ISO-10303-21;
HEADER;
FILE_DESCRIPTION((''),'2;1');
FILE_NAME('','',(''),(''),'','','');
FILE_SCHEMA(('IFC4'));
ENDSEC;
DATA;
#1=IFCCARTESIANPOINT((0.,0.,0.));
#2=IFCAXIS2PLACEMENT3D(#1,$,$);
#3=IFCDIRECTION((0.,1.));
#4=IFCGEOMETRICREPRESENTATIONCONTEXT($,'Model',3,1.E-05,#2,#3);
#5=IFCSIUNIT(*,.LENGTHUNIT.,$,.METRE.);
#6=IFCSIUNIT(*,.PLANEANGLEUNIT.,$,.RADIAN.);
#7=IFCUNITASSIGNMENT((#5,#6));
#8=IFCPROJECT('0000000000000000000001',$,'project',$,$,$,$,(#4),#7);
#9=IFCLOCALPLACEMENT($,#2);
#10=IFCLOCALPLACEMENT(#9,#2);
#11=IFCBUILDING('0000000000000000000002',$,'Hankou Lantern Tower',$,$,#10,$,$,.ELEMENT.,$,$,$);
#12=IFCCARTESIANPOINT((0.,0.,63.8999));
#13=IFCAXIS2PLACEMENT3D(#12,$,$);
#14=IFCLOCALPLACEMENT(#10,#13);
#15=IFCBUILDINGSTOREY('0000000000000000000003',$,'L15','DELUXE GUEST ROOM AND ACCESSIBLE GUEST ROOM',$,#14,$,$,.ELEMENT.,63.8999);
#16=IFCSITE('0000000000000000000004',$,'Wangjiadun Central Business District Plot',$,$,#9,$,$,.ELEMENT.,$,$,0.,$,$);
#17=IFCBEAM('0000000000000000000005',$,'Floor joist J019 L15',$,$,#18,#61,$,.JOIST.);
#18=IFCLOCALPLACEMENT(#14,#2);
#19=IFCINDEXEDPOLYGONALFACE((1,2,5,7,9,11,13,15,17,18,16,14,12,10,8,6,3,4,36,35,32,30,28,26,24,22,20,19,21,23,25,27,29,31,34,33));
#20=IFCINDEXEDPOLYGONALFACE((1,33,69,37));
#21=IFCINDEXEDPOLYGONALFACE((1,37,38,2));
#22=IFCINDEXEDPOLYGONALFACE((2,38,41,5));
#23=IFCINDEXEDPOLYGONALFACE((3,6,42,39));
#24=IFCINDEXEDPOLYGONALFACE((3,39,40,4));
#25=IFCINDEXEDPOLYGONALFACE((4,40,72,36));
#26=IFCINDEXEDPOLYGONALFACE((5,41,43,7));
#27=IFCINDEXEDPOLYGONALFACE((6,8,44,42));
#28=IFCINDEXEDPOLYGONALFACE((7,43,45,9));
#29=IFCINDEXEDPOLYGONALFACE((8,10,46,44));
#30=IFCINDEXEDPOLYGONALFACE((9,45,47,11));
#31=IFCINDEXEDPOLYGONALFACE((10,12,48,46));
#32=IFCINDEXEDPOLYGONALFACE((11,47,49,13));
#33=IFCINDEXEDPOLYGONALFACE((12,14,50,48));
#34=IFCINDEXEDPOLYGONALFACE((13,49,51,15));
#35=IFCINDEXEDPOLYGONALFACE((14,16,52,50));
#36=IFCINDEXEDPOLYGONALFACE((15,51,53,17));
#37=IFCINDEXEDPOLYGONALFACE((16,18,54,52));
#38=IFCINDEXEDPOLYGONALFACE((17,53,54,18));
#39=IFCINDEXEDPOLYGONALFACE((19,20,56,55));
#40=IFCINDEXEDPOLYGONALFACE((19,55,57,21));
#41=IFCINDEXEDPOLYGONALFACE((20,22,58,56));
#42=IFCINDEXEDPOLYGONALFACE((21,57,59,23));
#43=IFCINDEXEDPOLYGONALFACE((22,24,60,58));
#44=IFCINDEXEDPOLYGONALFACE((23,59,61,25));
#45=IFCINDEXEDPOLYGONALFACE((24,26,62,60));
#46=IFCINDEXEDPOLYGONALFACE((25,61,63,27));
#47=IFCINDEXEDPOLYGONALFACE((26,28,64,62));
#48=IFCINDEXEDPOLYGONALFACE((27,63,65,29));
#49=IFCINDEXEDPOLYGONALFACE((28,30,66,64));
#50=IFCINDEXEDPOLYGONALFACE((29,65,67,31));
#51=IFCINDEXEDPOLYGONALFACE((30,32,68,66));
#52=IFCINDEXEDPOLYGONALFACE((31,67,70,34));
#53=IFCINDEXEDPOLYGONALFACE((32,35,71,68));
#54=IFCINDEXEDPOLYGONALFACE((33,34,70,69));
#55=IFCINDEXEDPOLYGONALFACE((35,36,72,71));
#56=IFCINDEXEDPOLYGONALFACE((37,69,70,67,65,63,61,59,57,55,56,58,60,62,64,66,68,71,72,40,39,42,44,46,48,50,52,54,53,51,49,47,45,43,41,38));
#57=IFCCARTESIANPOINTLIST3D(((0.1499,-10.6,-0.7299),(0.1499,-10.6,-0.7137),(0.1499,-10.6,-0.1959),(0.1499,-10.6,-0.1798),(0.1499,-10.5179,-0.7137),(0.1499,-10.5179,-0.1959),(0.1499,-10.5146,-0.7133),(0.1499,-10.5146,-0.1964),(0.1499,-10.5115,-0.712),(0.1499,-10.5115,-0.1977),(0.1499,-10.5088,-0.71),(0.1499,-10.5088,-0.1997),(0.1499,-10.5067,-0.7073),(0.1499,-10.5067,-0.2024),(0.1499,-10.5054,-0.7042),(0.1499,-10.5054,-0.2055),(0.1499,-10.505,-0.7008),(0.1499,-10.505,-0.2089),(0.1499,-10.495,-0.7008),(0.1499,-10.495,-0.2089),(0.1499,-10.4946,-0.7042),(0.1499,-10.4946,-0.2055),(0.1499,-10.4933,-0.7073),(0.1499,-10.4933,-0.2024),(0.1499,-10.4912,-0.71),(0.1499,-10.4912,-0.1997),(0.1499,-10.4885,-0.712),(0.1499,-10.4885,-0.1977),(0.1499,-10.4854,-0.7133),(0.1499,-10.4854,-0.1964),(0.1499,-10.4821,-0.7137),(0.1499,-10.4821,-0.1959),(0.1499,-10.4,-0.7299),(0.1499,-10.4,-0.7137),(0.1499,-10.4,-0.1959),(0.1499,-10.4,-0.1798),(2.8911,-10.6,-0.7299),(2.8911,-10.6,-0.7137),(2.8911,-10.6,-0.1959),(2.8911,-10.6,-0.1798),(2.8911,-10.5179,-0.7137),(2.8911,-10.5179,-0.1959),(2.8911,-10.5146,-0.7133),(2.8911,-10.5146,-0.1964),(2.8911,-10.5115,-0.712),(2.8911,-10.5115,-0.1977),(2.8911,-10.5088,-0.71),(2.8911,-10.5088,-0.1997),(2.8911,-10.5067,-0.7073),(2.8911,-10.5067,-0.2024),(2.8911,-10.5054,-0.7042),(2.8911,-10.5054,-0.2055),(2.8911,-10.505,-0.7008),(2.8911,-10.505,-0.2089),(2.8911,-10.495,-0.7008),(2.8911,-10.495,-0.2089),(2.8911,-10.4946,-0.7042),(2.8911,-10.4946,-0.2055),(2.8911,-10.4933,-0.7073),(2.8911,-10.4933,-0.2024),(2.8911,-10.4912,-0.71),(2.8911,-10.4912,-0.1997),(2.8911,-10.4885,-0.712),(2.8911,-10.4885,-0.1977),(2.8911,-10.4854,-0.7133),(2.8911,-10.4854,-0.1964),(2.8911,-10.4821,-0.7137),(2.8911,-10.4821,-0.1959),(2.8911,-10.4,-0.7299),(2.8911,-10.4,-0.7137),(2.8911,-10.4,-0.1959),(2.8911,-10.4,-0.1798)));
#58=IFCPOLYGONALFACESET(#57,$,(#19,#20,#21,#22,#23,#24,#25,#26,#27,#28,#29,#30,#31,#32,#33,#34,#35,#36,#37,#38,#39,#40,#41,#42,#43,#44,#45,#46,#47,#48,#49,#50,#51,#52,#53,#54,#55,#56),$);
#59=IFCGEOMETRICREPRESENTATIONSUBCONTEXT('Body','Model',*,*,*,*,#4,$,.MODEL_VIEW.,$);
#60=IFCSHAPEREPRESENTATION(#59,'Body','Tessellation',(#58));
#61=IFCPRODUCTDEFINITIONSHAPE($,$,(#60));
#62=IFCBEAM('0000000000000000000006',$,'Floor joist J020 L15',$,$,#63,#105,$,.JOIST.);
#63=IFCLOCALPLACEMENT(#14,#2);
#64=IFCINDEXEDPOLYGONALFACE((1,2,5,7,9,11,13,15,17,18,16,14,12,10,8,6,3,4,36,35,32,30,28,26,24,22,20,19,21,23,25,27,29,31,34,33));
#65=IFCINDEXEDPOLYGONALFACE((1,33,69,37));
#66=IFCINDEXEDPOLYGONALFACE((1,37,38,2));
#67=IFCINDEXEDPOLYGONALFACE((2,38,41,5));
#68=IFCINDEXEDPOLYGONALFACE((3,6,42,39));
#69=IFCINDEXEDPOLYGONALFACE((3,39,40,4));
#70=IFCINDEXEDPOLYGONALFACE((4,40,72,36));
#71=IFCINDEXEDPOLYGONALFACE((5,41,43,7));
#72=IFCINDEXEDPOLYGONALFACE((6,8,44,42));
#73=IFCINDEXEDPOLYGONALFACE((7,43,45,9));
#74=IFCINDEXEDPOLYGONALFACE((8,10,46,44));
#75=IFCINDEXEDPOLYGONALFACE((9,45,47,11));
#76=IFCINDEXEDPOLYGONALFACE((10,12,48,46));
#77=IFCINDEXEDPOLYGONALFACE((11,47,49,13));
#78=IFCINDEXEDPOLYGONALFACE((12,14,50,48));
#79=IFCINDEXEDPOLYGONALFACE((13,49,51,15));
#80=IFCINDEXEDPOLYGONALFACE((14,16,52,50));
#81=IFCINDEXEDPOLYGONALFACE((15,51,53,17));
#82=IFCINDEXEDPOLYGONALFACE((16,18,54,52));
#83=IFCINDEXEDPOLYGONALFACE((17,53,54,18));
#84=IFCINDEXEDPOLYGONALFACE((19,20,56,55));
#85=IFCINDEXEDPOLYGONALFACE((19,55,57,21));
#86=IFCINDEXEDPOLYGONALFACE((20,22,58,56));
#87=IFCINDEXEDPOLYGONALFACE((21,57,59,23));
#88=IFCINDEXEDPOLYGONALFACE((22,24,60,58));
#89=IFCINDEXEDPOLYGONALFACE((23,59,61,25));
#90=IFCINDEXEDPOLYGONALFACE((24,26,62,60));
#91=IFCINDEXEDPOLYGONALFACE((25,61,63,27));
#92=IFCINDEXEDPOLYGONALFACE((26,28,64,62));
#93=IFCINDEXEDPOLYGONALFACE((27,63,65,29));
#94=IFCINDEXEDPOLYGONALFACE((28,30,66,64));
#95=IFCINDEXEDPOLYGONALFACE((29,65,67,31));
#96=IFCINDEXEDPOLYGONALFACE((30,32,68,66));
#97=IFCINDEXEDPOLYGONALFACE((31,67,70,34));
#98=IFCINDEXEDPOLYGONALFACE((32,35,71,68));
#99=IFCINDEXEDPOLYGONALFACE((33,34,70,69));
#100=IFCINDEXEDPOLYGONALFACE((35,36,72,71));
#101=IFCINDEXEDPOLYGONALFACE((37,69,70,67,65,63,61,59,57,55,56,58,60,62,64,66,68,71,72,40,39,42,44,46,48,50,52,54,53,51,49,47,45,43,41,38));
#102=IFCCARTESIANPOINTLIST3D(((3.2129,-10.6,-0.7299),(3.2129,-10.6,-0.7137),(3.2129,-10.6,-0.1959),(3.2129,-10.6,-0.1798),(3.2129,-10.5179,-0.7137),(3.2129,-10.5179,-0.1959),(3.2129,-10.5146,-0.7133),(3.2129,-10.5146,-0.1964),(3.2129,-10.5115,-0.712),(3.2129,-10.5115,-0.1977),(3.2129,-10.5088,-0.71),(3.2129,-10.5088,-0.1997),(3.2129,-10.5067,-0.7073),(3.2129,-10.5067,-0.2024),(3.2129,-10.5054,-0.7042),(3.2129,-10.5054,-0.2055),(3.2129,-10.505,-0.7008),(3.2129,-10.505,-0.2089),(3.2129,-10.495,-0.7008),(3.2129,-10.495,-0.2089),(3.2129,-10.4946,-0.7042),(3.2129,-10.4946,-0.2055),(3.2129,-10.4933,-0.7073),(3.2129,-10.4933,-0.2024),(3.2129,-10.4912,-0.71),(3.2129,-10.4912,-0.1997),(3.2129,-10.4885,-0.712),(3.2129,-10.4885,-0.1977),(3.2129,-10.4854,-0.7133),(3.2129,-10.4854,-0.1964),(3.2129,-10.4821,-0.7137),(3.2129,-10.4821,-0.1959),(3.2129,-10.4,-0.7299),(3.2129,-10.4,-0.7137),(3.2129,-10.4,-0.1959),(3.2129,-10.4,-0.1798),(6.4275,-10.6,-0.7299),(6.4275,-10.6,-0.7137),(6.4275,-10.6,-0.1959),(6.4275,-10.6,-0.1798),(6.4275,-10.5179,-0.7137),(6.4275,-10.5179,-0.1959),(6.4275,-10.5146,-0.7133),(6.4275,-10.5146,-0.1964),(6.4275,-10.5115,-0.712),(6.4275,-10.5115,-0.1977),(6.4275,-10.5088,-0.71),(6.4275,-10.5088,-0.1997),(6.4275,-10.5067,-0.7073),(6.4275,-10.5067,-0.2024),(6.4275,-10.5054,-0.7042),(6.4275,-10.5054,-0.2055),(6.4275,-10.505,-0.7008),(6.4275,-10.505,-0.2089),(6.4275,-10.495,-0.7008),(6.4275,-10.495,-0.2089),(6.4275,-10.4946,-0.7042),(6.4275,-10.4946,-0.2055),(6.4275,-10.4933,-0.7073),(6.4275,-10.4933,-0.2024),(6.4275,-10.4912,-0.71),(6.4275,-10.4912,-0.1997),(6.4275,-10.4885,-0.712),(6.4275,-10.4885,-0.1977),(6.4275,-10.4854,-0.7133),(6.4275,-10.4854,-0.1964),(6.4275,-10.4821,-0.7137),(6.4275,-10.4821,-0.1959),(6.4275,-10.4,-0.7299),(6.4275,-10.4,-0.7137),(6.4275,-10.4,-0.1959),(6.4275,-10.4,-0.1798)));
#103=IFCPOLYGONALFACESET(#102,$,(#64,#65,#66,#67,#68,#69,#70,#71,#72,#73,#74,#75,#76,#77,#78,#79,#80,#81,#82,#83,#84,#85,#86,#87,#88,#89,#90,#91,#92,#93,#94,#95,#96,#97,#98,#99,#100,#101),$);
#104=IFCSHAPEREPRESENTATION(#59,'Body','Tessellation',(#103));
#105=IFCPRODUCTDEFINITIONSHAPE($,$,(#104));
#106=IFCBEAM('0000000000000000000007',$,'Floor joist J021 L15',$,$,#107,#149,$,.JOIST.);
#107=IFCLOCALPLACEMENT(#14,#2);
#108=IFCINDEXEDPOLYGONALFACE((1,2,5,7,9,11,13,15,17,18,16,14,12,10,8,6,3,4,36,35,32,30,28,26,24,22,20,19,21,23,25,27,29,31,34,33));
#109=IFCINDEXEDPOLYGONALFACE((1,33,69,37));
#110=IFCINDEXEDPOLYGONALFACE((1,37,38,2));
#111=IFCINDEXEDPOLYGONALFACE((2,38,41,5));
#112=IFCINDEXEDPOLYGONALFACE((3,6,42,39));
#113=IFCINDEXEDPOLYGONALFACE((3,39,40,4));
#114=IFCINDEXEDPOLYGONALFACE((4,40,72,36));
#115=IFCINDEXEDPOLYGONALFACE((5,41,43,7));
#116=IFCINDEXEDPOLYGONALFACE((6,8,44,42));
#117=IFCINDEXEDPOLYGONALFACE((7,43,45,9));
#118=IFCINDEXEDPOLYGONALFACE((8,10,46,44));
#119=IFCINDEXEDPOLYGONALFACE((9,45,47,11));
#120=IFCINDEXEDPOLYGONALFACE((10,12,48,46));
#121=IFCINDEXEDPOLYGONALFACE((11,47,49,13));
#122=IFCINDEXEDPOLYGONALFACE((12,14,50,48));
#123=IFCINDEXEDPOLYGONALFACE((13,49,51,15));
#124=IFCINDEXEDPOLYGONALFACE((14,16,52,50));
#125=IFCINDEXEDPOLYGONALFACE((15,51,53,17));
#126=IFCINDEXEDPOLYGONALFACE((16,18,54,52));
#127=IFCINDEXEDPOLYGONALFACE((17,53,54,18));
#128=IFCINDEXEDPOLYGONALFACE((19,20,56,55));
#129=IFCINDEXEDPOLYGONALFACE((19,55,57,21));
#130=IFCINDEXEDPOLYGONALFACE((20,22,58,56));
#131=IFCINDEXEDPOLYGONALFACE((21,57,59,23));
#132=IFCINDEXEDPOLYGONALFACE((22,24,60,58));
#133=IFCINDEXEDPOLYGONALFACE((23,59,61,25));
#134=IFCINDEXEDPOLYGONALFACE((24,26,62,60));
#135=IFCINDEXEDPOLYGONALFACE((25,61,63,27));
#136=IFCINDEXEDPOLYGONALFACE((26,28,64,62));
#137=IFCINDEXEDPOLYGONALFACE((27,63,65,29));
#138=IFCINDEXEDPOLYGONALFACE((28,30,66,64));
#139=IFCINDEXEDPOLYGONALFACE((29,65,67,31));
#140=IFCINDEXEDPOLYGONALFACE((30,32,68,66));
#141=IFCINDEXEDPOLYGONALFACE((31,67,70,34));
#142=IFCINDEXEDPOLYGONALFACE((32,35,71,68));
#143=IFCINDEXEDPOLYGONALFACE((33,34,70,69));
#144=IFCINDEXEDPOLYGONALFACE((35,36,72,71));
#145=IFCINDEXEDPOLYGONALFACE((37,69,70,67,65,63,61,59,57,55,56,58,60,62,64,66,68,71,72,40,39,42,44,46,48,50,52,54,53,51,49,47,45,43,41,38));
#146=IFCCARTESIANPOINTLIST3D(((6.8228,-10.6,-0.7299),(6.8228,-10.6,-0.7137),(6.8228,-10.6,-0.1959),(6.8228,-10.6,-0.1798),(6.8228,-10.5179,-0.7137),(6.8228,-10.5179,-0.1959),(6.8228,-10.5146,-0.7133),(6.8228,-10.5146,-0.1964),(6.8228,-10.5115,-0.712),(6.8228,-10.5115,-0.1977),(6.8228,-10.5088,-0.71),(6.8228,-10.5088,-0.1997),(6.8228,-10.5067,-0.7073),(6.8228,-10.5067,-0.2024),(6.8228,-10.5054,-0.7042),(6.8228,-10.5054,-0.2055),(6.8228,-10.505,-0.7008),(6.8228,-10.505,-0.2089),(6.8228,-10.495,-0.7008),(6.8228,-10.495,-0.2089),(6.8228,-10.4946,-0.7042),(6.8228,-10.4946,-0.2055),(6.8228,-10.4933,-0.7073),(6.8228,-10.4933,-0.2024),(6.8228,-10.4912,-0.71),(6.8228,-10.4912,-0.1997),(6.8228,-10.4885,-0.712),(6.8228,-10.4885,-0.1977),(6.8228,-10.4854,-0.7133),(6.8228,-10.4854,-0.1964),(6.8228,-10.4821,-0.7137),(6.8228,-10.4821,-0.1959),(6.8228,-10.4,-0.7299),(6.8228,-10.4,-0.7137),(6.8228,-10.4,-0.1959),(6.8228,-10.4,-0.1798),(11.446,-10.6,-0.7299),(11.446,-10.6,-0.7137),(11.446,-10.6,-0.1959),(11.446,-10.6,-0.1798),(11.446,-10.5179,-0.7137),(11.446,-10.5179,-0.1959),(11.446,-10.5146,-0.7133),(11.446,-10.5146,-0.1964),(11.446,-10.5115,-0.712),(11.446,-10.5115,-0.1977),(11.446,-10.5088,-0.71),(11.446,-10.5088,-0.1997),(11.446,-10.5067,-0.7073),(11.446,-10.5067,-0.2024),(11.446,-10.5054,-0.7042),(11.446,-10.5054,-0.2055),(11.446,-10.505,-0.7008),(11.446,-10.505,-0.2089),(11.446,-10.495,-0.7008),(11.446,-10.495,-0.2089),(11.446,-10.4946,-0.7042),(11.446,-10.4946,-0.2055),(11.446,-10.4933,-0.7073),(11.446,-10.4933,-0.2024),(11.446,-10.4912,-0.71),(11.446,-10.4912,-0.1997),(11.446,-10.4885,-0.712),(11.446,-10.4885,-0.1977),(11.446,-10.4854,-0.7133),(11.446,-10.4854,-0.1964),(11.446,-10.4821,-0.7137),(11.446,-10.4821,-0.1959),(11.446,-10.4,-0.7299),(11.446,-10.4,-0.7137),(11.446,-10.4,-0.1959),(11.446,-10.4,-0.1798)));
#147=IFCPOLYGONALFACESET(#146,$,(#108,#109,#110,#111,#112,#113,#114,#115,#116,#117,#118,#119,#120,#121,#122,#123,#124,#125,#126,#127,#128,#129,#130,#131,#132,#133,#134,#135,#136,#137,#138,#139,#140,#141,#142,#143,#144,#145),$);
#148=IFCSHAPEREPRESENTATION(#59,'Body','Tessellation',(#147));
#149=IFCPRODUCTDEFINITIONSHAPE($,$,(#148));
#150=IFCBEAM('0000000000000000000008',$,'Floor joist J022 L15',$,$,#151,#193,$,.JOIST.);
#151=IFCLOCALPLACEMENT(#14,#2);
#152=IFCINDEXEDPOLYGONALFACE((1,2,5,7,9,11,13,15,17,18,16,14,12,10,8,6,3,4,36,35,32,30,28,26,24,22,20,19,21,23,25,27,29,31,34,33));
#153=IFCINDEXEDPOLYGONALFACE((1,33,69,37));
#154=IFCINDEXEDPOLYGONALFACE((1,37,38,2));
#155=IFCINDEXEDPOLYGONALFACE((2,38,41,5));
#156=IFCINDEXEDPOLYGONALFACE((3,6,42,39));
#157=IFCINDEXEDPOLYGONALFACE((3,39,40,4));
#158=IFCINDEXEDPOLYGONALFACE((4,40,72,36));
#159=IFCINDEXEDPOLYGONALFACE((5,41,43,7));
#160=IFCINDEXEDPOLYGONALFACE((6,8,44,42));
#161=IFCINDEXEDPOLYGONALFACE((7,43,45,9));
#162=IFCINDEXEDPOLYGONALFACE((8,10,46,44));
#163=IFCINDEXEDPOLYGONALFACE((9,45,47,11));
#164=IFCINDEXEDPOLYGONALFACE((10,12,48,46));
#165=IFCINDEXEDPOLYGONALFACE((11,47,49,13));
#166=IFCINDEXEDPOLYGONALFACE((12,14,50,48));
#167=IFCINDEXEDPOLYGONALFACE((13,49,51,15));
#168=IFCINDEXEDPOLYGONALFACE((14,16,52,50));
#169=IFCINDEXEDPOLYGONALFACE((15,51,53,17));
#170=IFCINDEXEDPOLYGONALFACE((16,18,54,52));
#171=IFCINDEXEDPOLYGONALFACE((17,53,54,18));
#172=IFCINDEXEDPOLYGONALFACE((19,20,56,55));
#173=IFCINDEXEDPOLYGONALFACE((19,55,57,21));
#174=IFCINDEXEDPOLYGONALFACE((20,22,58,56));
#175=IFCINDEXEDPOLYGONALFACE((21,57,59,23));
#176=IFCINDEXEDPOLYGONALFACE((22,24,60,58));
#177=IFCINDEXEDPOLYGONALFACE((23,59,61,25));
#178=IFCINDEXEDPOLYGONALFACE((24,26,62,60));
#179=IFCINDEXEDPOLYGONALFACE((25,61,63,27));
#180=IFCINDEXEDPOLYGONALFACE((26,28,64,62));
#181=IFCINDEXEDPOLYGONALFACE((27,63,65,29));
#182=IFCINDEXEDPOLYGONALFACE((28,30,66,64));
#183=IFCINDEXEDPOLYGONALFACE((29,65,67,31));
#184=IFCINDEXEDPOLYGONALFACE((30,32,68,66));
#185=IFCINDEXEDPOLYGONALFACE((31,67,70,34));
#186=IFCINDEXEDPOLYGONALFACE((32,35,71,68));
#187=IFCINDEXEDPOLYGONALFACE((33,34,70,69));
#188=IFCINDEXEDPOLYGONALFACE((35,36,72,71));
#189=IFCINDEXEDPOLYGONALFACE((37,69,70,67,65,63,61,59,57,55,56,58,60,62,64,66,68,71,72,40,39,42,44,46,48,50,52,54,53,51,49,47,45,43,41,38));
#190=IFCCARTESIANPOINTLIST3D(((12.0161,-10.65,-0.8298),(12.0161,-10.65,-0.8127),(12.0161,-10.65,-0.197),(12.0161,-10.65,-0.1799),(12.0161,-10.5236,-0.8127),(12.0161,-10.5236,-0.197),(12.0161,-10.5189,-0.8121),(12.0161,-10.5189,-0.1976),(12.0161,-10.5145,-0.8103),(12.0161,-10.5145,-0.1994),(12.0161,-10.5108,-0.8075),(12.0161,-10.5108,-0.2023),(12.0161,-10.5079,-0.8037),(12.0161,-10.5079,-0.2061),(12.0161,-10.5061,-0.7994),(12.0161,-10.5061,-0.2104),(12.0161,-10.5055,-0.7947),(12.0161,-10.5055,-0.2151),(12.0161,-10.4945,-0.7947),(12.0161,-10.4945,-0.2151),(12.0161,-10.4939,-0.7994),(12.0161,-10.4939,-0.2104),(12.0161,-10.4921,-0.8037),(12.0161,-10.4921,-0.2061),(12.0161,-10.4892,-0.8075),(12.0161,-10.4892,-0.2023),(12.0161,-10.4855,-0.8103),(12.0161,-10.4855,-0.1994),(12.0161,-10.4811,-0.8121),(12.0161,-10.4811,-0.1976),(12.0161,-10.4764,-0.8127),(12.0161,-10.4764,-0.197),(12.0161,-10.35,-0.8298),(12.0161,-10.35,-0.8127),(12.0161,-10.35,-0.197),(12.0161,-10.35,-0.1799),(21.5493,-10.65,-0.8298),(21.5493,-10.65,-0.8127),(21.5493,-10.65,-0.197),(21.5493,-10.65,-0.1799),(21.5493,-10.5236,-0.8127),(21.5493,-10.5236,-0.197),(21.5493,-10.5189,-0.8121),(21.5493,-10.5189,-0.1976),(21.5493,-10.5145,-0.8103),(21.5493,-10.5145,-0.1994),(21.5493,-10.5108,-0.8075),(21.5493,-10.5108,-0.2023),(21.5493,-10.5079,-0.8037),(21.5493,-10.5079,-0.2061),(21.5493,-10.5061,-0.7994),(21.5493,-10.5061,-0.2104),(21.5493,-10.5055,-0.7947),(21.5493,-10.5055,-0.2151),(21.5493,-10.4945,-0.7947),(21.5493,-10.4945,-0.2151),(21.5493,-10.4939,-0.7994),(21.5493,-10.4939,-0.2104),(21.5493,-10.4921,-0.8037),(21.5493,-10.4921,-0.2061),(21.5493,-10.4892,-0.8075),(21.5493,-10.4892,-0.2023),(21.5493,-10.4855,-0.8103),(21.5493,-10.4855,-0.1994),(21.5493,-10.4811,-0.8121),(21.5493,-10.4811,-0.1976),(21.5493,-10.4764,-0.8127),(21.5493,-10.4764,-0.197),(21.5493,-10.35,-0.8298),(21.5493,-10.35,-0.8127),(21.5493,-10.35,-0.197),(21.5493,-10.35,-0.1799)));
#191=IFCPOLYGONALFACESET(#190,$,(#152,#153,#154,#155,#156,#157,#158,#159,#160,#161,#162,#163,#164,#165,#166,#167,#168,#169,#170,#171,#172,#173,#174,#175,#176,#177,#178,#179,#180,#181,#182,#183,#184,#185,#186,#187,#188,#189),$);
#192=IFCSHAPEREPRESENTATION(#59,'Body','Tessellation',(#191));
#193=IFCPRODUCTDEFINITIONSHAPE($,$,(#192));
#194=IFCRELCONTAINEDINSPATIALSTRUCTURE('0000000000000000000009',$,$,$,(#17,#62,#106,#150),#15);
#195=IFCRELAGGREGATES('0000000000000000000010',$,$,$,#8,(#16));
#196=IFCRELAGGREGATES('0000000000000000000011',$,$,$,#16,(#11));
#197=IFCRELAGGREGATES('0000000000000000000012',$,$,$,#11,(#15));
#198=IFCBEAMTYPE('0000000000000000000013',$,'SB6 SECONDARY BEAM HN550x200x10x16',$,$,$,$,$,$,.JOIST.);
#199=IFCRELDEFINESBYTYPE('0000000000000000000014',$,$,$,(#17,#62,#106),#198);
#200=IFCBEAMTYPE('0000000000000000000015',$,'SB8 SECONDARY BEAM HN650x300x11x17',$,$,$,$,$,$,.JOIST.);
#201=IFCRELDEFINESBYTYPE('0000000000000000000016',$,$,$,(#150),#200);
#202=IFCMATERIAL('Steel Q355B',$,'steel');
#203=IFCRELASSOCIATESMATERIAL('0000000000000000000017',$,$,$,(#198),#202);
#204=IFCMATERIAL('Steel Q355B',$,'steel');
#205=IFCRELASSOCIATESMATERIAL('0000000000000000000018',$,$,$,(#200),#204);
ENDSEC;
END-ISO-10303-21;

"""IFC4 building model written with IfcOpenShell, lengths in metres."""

from ifc_helpers import new_model, si_unit, direction, frame, origin, origin_2d, place, context, subcontext, project, spatial, i_section, extrude, material, material_profile, profile_set, type_object, element, save


model = new_model("IFC4")

# Units and contexts
model_context = context("Model", 3, precision=1e-05, world=origin(), true_north=direction((0.0, 1.0)))
body_context = subcontext(model_context, "Body", "Model", "MODEL_VIEW")
ifc_project = project(units=[si_unit("LENGTHUNIT", "METRE"), si_unit("PLANEANGLEUNIT", "RADIAN")], contexts=[model_context])

# Site, building, storey
site_placement = place(None, origin())
site = spatial("IfcSite", under=ifc_project, at=site_placement, Name="Wangjiadun Central Business District Plot", CompositionType="ELEMENT", RefElevation=0.0)
building_placement = place(site_placement, origin())
building = spatial("IfcBuilding", under=site, at=building_placement, Name="Hankou Lantern Tower", CompositionType="ELEMENT")
storey_placement = place(building_placement, frame((0.0, 0.0, 63.8999)))
storey = spatial("IfcBuildingStorey", under=building, at=storey_placement, Name="L15", Description="DELUXE GUEST ROOM AND ACCESSIBLE GUEST ROOM", CompositionType="ELEMENT", Elevation=63.8999)

# Beams
ifc_material_1 = material(Name="Steel Q355B", Category="steel")
ifc_material_profile_1 = material_profile(ifc_material_1, i_section(OverallWidth=0.2, OverallDepth=0.55, WebThickness=0.01, FlangeThickness=0.0161, FilletRadius=0.0129, at=origin_2d()), Name="HN550x200x10x16")
ifc_profile_set_1 = profile_set([ifc_material_profile_1], Name="Steel Q355B")
beam_type_1 = type_object("IfcBeamType", Name="SB6 SECONDARY BEAM HN550x200x10x16", PredefinedType="JOIST", material=ifc_profile_set_1)
beam_1_placement = place(storey_placement, frame((0.1499, -10.5, -0.4548), z_axis=(1.0, 0.0, 0.0), x_axis=(0.0, 1.0, 0.0)))
element("IfcBeam", 1, at=beam_1_placement, inside=storey, type_object=beam_type_1, Name="Floor joist J019 L15", PredefinedType="JOIST", context=body_context, shape_type="SweptSolid", body=[
    extrude(i_section(OverallWidth=0.2, OverallDepth=0.55, WebThickness=0.01, FlangeThickness=0.0161, FilletRadius=0.0129, at=origin_2d()), origin(), (0.0, 0.0, 1.0), 2.7412),
])
beam_2_placement = place(storey_placement, frame((3.2129, -10.5, -0.4548), z_axis=(1.0, 0.0, 0.0), x_axis=(0.0, 1.0, 0.0)))
element("IfcBeam", 2, at=beam_2_placement, inside=storey, type_object=beam_type_1, Name="Floor joist J020 L15", PredefinedType="JOIST", context=body_context, shape_type="SweptSolid", body=[
    extrude(i_section(OverallWidth=0.2, OverallDepth=0.55, WebThickness=0.01, FlangeThickness=0.0161, FilletRadius=0.0129, at=origin_2d()), origin(), (0.0, 0.0, 1.0), 3.2146),
])
beam_3_placement = place(storey_placement, frame((6.8228, -10.5, -0.4548), z_axis=(1.0, 0.0, 0.0), x_axis=(0.0, 1.0, 0.0)))
element("IfcBeam", 3, at=beam_3_placement, inside=storey, type_object=beam_type_1, Name="Floor joist J021 L15", PredefinedType="JOIST", context=body_context, shape_type="SweptSolid", body=[
    extrude(i_section(OverallWidth=0.2, OverallDepth=0.55, WebThickness=0.01, FlangeThickness=0.0161, FilletRadius=0.0129, at=origin_2d()), origin(), (0.0, 0.0, 1.0), 4.6233),
])
ifc_material_2 = material(Name="Steel Q355B", Category="steel")
ifc_material_profile_2 = material_profile(ifc_material_2, i_section(OverallWidth=0.3, OverallDepth=0.6499, WebThickness=0.011, FlangeThickness=0.0171, FilletRadius=0.0181, at=origin_2d()), Name="HN650x300x11x17")
ifc_profile_set_2 = profile_set([ifc_material_profile_2], Name="Steel Q355B")
beam_type_2 = type_object("IfcBeamType", Name="SB8 SECONDARY BEAM HN650x300x11x17", PredefinedType="JOIST", material=ifc_profile_set_2)
beam_4_placement = place(storey_placement, frame((12.0161, -10.5, -0.5049), z_axis=(1.0, 0.0, 0.0), x_axis=(0.0, 1.0, 0.0)))
element("IfcBeam", 4, at=beam_4_placement, inside=storey, type_object=beam_type_2, Name="Floor joist J022 L15", PredefinedType="JOIST", context=body_context, shape_type="SweptSolid", body=[
    extrude(i_section(OverallWidth=0.3, OverallDepth=0.6499, WebThickness=0.011, FlangeThickness=0.0171, FilletRadius=0.0181, at=origin_2d()), origin(), (0.0, 0.0, 1.0), 9.5332),
])

save(model, "model.ifc")
